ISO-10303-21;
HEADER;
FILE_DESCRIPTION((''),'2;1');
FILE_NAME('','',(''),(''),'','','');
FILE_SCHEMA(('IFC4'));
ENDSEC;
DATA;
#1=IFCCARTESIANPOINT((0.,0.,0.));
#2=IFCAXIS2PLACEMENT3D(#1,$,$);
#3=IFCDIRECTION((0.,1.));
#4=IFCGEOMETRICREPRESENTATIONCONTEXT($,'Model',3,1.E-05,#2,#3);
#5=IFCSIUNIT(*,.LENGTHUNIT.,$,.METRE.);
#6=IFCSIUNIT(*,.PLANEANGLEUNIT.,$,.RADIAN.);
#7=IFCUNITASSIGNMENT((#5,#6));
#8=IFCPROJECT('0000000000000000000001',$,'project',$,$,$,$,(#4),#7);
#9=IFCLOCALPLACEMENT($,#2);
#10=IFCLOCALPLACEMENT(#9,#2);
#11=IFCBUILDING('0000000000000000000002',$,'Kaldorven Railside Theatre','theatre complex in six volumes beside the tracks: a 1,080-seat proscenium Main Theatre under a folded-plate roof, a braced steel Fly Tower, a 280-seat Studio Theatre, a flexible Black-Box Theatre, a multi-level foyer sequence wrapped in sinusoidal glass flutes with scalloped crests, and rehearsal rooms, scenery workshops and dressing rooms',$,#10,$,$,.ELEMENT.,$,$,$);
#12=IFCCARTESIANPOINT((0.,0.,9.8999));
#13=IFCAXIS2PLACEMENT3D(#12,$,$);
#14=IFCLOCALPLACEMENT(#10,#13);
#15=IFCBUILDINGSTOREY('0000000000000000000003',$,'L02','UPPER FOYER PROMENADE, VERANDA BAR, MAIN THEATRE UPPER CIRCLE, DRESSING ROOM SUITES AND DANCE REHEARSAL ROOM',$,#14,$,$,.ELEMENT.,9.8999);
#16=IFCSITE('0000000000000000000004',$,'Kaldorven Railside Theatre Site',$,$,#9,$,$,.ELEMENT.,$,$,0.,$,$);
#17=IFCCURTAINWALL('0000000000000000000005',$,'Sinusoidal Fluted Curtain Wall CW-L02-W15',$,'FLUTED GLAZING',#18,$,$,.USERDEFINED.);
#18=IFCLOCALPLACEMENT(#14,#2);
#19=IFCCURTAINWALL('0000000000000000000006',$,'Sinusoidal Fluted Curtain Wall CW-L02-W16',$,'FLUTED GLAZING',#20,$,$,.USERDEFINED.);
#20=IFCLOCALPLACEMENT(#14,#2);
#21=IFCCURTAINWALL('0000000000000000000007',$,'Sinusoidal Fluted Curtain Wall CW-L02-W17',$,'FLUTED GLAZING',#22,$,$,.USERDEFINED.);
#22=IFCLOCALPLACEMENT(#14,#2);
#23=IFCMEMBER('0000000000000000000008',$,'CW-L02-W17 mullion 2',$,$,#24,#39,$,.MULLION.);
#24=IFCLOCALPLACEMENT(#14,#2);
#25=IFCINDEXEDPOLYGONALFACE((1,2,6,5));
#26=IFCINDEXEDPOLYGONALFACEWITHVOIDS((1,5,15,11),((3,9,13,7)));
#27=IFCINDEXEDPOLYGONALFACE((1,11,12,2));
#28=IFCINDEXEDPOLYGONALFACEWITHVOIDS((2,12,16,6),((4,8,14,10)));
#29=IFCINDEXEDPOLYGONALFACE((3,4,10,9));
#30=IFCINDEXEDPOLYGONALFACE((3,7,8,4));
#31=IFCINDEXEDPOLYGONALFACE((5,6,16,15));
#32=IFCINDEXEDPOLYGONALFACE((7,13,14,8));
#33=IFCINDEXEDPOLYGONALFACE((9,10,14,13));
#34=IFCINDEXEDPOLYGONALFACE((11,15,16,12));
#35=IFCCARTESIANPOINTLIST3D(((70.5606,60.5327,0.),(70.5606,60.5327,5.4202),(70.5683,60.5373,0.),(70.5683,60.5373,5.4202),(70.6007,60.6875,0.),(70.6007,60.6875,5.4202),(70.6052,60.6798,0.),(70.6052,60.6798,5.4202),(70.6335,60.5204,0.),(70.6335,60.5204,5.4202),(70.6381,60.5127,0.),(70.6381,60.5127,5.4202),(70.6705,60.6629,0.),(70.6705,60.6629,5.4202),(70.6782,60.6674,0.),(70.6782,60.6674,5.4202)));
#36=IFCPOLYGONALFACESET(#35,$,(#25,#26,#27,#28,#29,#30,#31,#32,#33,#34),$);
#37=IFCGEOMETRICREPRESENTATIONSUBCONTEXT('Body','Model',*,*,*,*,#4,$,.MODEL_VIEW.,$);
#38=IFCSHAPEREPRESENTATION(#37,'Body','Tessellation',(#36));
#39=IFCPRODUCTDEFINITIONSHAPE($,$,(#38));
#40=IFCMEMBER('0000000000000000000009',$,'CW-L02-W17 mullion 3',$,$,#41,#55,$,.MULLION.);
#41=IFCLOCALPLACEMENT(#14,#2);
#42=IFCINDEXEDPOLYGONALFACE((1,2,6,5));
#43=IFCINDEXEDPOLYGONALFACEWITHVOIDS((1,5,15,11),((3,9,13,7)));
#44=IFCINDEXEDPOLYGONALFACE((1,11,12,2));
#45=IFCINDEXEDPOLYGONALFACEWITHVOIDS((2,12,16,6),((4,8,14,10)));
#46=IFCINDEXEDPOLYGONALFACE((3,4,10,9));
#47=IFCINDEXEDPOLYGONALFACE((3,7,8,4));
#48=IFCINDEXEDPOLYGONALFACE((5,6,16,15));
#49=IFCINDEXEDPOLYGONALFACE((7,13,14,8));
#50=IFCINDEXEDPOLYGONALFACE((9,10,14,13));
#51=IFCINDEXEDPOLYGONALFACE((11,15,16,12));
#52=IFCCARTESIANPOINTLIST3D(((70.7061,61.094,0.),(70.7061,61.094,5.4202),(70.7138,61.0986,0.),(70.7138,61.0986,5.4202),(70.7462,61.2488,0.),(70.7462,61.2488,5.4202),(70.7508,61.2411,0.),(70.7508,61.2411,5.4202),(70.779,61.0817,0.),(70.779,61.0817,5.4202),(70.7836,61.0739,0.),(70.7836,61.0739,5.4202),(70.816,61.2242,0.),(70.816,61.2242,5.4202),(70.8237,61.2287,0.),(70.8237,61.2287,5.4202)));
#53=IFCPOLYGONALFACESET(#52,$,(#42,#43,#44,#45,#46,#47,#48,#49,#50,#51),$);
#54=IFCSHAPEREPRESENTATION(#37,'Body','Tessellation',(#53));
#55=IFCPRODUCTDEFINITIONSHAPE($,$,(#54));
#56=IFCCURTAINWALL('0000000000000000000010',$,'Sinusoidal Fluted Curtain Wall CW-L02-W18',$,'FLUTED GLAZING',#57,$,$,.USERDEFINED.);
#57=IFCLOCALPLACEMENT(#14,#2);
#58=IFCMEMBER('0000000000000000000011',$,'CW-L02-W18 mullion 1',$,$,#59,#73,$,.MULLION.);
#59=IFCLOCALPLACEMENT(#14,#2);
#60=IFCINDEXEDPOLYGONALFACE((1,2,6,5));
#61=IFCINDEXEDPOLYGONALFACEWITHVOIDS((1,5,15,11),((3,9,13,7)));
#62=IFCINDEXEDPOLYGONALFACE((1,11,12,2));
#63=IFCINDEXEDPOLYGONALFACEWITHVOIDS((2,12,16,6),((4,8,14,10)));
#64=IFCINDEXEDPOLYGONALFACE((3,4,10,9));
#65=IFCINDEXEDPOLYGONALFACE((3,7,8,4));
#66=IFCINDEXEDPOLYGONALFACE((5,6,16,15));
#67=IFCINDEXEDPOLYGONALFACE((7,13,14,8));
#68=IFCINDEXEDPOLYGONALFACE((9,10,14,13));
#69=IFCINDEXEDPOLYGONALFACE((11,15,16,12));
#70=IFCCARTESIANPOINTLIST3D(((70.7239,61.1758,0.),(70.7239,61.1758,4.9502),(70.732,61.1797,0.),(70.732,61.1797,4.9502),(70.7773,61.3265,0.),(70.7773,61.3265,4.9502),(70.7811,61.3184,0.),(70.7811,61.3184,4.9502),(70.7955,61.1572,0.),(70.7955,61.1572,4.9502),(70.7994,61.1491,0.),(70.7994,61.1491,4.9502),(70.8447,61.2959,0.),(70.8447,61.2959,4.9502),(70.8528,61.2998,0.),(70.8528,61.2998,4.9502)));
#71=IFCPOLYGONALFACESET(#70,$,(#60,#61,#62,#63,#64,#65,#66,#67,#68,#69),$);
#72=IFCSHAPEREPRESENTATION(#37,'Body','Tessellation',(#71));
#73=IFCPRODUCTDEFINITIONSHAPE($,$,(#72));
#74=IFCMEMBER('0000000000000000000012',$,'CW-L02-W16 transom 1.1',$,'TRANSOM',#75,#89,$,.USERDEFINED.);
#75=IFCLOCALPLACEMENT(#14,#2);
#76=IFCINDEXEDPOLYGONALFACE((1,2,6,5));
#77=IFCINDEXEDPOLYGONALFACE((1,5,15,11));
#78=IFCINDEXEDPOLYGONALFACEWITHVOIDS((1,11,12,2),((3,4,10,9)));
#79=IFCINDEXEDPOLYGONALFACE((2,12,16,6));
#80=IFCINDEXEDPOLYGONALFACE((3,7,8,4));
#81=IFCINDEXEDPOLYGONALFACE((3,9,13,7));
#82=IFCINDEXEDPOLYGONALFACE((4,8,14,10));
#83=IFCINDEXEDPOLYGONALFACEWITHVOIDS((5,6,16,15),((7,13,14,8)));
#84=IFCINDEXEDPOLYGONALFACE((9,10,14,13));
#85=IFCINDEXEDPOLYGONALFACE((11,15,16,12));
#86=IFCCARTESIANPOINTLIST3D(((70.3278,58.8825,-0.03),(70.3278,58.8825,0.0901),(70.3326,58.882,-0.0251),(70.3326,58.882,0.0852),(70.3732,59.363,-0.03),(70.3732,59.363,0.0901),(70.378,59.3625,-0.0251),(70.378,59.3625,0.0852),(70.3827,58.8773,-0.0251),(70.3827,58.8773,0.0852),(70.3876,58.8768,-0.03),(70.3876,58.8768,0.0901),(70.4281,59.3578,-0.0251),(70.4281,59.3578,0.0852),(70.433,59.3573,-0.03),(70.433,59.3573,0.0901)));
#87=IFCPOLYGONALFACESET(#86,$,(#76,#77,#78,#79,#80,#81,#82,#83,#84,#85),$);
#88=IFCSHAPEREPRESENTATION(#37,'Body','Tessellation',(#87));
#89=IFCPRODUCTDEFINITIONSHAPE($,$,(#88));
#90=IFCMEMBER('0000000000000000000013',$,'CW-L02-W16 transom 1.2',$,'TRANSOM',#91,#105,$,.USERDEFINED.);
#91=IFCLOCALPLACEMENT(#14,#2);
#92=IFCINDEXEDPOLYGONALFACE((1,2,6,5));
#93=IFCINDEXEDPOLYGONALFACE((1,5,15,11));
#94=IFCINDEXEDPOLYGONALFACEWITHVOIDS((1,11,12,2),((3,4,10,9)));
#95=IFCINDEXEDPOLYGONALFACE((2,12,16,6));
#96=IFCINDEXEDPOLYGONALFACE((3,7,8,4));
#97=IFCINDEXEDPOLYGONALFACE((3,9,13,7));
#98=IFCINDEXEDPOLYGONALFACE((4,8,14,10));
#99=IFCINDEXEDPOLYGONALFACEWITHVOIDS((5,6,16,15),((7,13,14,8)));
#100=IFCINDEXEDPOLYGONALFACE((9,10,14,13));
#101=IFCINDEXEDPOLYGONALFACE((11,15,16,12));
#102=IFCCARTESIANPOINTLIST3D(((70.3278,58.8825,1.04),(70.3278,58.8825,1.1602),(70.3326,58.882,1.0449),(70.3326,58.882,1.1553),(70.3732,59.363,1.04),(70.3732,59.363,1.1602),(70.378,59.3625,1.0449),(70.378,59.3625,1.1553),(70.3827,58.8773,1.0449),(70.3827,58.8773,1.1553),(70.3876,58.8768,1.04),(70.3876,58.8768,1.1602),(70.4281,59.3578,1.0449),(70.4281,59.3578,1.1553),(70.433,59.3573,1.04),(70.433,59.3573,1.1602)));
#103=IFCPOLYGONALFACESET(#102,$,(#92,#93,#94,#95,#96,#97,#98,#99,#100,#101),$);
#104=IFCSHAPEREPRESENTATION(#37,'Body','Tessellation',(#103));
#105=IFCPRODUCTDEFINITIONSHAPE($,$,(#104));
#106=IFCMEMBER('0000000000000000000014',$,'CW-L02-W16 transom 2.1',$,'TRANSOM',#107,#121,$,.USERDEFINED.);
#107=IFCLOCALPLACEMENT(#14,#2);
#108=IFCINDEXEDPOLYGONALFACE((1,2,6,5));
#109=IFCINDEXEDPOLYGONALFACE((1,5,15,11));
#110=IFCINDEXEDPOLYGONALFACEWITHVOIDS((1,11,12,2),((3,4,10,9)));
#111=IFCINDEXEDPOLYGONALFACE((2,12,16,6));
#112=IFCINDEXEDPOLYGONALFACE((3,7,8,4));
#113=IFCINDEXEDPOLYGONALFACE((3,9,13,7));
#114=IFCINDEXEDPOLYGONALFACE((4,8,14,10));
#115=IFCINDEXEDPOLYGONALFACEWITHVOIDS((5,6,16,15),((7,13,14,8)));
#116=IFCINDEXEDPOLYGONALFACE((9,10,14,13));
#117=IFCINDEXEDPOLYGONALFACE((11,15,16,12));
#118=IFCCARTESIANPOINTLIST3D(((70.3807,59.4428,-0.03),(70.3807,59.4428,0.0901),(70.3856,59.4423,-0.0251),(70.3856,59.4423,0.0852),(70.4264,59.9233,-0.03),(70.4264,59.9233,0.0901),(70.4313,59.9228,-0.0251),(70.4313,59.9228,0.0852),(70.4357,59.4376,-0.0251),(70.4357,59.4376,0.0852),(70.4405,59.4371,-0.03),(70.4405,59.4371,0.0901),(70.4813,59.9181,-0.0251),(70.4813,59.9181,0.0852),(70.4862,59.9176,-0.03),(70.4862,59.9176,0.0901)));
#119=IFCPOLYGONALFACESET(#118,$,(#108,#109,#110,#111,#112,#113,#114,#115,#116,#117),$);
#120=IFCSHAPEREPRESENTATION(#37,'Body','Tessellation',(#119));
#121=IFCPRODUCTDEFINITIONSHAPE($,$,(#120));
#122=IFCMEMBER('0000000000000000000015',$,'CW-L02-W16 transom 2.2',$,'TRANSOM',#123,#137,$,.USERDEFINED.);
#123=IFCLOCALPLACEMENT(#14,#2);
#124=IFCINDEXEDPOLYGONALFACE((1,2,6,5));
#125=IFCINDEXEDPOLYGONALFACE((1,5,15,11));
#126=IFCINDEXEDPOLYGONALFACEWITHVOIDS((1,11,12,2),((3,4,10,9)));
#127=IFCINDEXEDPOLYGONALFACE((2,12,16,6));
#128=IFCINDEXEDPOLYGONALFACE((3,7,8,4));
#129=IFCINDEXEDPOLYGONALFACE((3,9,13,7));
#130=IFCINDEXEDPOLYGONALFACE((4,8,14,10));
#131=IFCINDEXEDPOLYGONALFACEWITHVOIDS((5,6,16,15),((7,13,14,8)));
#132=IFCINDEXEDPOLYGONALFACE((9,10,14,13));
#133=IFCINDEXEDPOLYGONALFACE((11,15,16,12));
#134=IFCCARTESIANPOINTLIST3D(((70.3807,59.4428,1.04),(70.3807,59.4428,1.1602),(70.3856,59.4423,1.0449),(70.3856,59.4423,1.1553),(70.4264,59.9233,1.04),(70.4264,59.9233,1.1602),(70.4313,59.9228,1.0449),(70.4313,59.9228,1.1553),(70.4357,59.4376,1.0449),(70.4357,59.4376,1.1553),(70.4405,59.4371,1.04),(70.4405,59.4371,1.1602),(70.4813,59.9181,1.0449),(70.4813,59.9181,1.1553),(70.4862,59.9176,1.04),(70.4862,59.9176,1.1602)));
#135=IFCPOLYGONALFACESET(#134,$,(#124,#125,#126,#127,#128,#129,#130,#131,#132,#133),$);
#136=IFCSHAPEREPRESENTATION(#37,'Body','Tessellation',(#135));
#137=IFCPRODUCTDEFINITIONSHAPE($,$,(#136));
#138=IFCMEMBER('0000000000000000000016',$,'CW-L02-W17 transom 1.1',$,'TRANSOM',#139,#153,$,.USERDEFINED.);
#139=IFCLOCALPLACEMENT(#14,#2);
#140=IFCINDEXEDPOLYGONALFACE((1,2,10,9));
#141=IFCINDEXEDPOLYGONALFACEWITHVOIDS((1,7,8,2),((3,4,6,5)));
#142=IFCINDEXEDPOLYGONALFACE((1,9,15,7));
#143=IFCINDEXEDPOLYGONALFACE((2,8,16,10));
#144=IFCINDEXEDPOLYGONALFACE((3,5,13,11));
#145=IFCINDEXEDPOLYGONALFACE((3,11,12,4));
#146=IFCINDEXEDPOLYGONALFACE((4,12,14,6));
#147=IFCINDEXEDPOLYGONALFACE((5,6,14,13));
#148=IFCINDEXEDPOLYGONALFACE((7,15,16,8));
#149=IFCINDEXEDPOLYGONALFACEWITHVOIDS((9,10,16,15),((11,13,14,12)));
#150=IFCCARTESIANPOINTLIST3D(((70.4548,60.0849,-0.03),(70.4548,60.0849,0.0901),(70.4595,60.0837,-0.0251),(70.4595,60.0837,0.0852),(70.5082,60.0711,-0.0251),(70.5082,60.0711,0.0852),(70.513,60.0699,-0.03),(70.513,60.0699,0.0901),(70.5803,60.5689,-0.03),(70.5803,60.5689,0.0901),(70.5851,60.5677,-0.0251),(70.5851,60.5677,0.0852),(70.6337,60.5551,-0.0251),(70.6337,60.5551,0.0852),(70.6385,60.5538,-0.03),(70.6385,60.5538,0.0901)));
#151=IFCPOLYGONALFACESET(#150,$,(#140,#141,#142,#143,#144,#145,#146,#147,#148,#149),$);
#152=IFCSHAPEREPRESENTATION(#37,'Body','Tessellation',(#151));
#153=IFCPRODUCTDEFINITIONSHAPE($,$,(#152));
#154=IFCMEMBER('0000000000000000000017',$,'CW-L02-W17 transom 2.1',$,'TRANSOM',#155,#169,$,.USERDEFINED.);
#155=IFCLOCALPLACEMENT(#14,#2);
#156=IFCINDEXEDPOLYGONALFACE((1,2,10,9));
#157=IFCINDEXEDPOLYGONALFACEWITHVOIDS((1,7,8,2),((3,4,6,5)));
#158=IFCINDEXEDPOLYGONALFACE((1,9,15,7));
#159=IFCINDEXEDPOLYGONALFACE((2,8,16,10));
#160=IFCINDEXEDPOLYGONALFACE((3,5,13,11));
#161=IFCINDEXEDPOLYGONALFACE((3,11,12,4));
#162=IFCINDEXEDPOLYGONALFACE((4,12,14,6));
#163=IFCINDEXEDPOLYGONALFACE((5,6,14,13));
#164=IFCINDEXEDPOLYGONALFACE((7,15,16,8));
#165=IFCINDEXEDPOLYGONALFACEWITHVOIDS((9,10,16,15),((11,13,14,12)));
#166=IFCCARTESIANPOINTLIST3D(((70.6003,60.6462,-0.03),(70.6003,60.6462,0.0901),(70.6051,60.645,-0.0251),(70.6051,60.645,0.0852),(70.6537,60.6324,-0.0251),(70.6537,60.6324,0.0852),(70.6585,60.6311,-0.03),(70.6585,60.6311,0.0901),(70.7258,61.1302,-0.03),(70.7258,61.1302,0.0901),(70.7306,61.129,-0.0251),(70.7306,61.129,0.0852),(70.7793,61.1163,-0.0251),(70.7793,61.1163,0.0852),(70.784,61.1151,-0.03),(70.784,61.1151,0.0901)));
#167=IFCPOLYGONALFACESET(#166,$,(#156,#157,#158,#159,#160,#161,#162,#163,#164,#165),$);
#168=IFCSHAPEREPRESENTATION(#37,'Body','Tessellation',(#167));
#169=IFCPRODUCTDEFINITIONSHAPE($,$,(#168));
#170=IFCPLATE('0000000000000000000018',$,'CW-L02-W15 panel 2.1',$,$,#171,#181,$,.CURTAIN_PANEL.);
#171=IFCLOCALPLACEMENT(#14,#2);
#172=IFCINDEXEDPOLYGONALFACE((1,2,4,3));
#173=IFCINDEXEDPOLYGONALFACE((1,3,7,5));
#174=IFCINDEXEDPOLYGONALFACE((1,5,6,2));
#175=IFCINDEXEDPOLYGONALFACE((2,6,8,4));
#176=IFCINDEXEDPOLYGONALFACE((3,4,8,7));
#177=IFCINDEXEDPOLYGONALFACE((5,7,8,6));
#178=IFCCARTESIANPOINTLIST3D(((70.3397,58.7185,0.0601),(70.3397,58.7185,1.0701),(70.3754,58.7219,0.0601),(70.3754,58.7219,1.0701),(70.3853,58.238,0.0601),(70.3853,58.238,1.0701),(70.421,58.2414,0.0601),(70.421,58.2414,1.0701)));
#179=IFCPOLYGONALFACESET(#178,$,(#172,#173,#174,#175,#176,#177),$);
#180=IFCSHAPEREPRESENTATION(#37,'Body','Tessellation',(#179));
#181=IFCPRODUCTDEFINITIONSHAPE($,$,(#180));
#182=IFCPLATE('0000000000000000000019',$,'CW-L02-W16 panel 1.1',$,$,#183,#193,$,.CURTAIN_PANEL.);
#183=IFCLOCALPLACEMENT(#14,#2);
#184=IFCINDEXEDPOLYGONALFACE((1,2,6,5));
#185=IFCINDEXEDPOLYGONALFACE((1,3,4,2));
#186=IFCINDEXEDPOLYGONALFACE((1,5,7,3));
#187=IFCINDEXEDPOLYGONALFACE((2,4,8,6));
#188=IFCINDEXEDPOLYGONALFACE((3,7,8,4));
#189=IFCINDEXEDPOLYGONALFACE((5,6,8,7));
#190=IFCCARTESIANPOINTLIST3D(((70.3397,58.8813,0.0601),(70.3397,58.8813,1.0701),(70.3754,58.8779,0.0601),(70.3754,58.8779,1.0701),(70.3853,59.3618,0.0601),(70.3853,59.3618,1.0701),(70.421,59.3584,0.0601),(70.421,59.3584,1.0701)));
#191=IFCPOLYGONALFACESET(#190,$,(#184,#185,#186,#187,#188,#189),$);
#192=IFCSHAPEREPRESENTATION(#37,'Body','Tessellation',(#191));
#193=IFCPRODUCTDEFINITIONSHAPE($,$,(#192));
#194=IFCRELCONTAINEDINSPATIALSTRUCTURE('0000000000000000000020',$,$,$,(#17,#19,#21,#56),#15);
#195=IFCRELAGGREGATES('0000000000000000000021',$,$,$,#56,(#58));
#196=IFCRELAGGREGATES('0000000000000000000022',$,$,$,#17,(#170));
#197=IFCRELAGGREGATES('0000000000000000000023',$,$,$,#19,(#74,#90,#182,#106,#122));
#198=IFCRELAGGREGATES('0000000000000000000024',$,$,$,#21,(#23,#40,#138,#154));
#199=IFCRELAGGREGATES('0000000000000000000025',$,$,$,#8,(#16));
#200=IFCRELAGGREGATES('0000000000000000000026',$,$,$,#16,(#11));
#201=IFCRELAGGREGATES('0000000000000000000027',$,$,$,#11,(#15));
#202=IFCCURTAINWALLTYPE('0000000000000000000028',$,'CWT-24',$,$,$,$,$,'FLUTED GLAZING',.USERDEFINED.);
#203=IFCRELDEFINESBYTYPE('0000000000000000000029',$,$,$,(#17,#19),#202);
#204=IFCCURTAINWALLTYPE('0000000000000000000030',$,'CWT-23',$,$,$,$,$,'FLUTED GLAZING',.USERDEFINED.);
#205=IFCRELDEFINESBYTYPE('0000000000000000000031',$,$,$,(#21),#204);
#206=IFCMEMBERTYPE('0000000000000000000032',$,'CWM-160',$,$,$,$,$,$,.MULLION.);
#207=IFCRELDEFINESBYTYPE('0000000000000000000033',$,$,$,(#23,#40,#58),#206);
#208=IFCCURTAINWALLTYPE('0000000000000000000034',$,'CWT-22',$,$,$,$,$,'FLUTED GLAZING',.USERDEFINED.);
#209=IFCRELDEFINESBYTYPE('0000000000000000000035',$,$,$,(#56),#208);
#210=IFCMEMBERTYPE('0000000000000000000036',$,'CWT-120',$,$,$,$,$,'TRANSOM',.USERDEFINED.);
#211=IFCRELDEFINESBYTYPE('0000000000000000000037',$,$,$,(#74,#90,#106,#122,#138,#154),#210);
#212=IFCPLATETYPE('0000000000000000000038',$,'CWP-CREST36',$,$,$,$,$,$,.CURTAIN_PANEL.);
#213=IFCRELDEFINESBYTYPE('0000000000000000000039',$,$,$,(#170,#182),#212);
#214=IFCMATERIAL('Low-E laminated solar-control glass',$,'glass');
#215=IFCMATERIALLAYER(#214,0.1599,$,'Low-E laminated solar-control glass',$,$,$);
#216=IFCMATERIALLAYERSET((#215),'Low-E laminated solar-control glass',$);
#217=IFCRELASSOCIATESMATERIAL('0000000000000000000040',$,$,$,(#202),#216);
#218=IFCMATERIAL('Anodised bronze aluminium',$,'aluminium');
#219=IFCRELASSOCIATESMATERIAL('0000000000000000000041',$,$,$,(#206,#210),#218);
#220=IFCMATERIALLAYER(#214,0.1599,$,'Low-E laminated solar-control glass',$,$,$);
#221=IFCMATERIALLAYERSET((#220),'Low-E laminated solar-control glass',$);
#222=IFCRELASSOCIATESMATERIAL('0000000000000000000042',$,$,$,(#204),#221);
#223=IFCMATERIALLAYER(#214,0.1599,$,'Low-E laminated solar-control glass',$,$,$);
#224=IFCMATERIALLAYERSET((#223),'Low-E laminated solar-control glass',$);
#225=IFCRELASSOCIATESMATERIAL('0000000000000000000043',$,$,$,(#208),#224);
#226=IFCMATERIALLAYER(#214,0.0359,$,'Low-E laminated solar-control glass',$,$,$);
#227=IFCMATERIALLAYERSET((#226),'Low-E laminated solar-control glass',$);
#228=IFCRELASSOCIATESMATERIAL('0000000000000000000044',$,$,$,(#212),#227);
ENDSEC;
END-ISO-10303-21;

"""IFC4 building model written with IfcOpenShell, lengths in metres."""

from ifc_helpers import new_model, si_unit, direction, frame, origin, origin_2d, place, context, subcontext, project, spatial, rectangle, hollow_rectangle, extrude, material, layer, layer_set, material_profile, profile_set, type_object, element, aggregate, save


model = new_model("IFC4")

# Units and contexts
model_context = context("Model", 3, precision=1e-05, world=origin(), true_north=direction((0.0, 1.0)))
body_context = subcontext(model_context, "Body", "Model", "MODEL_VIEW")
ifc_project = project(units=[si_unit("LENGTHUNIT", "METRE"), si_unit("PLANEANGLEUNIT", "RADIAN")], contexts=[model_context])

# Site, building, storey
site_placement = place(None, origin())
site = spatial("IfcSite", under=ifc_project, at=site_placement, Name="Kaldorven Railside Theatre Site", CompositionType="ELEMENT", RefElevation=0.0)
building_placement = place(site_placement, origin())
building = spatial("IfcBuilding", under=site, at=building_placement, Name="Kaldorven Railside Theatre", Description="theatre complex in six volumes beside the tracks: a 1,080-seat proscenium Main Theatre under a folded-plate roof, a braced steel Fly Tower, a 280-seat Studio Theatre, a flexible Black-Box Theatre, a multi-level foyer sequence wrapped in sinusoidal glass flutes with scalloped crests, and rehearsal rooms, scenery workshops and dressing rooms", CompositionType="ELEMENT")
storey_placement = place(building_placement, frame((0.0, 0.0, 9.8999)))
storey = spatial("IfcBuildingStorey", under=building, at=storey_placement, Name="L02", Description="UPPER FOYER PROMENADE, VERANDA BAR, MAIN THEATRE UPPER CIRCLE, DRESSING ROOM SUITES AND DANCE REHEARSAL ROOM", CompositionType="ELEMENT", Elevation=9.8999)

# Curtain wall
ifc_material_1 = material(Name="Low-E laminated solar-control glass", Category="glass")
ifc_layer_1 = layer(ifc_material_1, 0.1599, Name="Low-E laminated solar-control glass")
ifc_layer_set_1 = layer_set([ifc_layer_1], Name="Low-E laminated solar-control glass")
curtain_wall_type_1 = type_object("IfcCurtainWallType", Name="CWT-24", ElementType="FLUTED GLAZING", PredefinedType="USERDEFINED", material=ifc_layer_set_1)
curtain_wall_1_placement = place(storey_placement, origin())
curtain_wall_1 = element("IfcCurtainWall", 1, at=curtain_wall_1_placement, inside=storey, type_object=curtain_wall_type_1, Name="Sinusoidal Fluted Curtain Wall CW-L02-W15", ObjectType="FLUTED GLAZING", PredefinedType="USERDEFINED")
ifc_material_2 = material(Name="Anodised bronze aluminium", Category="aluminium")
ifc_material_profile_1 = material_profile(ifc_material_2, hollow_rectangle(XDim=0.0801, YDim=0.1599, WallThickness=0.0063, at=origin_2d()), Name="RHS 160x80x6.3")
ifc_profile_set_1 = profile_set([ifc_material_profile_1], Name="Anodised bronze aluminium")
member_type_1 = type_object("IfcMemberType", Name="CWM-160", PredefinedType="MULLION", material=ifc_profile_set_1)

# Curtain walls, members
curtain_wall_2_placement = place(storey_placement, origin())
curtain_wall_2 = element("IfcCurtainWall", 2, at=curtain_wall_2_placement, inside=storey, type_object=curtain_wall_type_1, Name="Sinusoidal Fluted Curtain Wall CW-L02-W16", ObjectType="FLUTED GLAZING", PredefinedType="USERDEFINED")
ifc_layer_2 = layer(ifc_material_1, 0.1599, Name="Low-E laminated solar-control glass")
ifc_layer_set_2 = layer_set([ifc_layer_2], Name="Low-E laminated solar-control glass")
curtain_wall_type_2 = type_object("IfcCurtainWallType", Name="CWT-23", ElementType="FLUTED GLAZING", PredefinedType="USERDEFINED", material=ifc_layer_set_2)
curtain_wall_3_placement = place(storey_placement, origin())
curtain_wall_3 = element("IfcCurtainWall", 3, at=curtain_wall_3_placement, inside=storey, type_object=curtain_wall_type_2, Name="Sinusoidal Fluted Curtain Wall CW-L02-W17", ObjectType="FLUTED GLAZING", PredefinedType="USERDEFINED")
member_1_placement = place(storey_placement, frame((70.6194, 60.6001, 0.0), z_axis=(0.0, 0.0, 1.0), x_axis=(-0.967999, 0.250954, 0.0)))
member_1 = element("IfcMember", 4, at=member_1_placement, type_object=member_type_1, Name="CW-L02-W17 mullion 2", PredefinedType="MULLION", context=body_context, shape_type="SweptSolid", body=[
    extrude(hollow_rectangle(XDim=0.0801, YDim=0.1599, WallThickness=0.0063, at=origin_2d()), origin(), (0.0, 0.0, 1.0), 5.4202),
])
member_2_placement = place(storey_placement, frame((70.7649, 61.1614, 0.0), z_axis=(0.0, 0.0, 1.0), x_axis=(-0.967999, 0.250954, 0.0)))
member_2 = element("IfcMember", 5, at=member_2_placement, type_object=member_type_1, Name="CW-L02-W17 mullion 3", PredefinedType="MULLION", context=body_context, shape_type="SweptSolid", body=[
    extrude(hollow_rectangle(XDim=0.0801, YDim=0.1599, WallThickness=0.0063, at=origin_2d()), origin(), (0.0, 0.0, 1.0), 5.4202),
])

# Curtain wall, member
ifc_layer_3 = layer(ifc_material_1, 0.1599, Name="Low-E laminated solar-control glass")
ifc_layer_set_3 = layer_set([ifc_layer_3], Name="Low-E laminated solar-control glass")
curtain_wall_type_3 = type_object("IfcCurtainWallType", Name="CWT-22", ElementType="FLUTED GLAZING", PredefinedType="USERDEFINED", material=ifc_layer_set_3)
curtain_wall_4_placement = place(storey_placement, origin())
curtain_wall_4 = element("IfcCurtainWall", 6, at=curtain_wall_4_placement, inside=storey, type_object=curtain_wall_type_3, Name="Sinusoidal Fluted Curtain Wall CW-L02-W18", ObjectType="FLUTED GLAZING", PredefinedType="USERDEFINED")
member_3_placement = place(storey_placement, frame((70.7883, 61.2378, 0.0), z_axis=(0.0, 0.0, 1.0), x_axis=(-0.942627, 0.333847, 0.0)))
member_3 = element("IfcMember", 7, at=member_3_placement, type_object=member_type_1, Name="CW-L02-W18 mullion 1", PredefinedType="MULLION", context=body_context, shape_type="SweptSolid", body=[
    extrude(hollow_rectangle(XDim=0.0801, YDim=0.1599, WallThickness=0.0063, at=origin_2d()), origin(), (0.0, 0.0, 1.0), 4.9502),
])
aggregate(curtain_wall_4, [member_3])

# Members
ifc_material_profile_2 = material_profile(ifc_material_2, hollow_rectangle(XDim=0.0601, YDim=0.1201, WallThickness=0.0049, at=origin_2d()), Name="RHS 120x60x5")
ifc_profile_set_2 = profile_set([ifc_material_profile_2], Name="Anodised bronze aluminium")
member_type_2 = type_object("IfcMemberType", Name="CWT-120", ElementType="TRANSOM", PredefinedType="USERDEFINED", material=ifc_profile_set_2)
member_4_placement = place(storey_placement, frame((70.3577, 58.8796, 0.03), z_axis=(0.094093, 0.995563, 0.0), x_axis=(-0.995563, 0.094093, 0.0)))
member_4 = element("IfcMember", 8, at=member_4_placement, type_object=member_type_2, Name="CW-L02-W16 transom 1.1", ObjectType="TRANSOM", PredefinedType="USERDEFINED", context=body_context, shape_type="SweptSolid", body=[
    extrude(hollow_rectangle(XDim=0.0601, YDim=0.1201, WallThickness=0.0049, at=origin_2d()), origin(), (0.0, 0.0, 1.0), 0.4827),
])
member_5_placement = place(storey_placement, frame((70.3577, 58.8796, 1.1001), z_axis=(0.094093, 0.995563, 0.0), x_axis=(-0.995563, 0.094093, 0.0)))
member_5 = element("IfcMember", 9, at=member_5_placement, type_object=member_type_2, Name="CW-L02-W16 transom 1.2", ObjectType="TRANSOM", PredefinedType="USERDEFINED", context=body_context, shape_type="SweptSolid", body=[
    extrude(hollow_rectangle(XDim=0.0601, YDim=0.1201, WallThickness=0.0049, at=origin_2d()), origin(), (0.0, 0.0, 1.0), 0.4827),
])
member_6_placement = place(storey_placement, frame((70.4106, 59.4399, 0.03), z_axis=(0.094594, 0.995516, 0.0), x_axis=(-0.995516, 0.094594, 0.0)))
member_6 = element("IfcMember", 10, at=member_6_placement, type_object=member_type_2, Name="CW-L02-W16 transom 2.1", ObjectType="TRANSOM", PredefinedType="USERDEFINED", context=body_context, shape_type="SweptSolid", body=[
    extrude(hollow_rectangle(XDim=0.0601, YDim=0.1201, WallThickness=0.0049, at=origin_2d()), origin(), (0.0, 0.0, 1.0), 0.4827),
])
member_7_placement = place(storey_placement, frame((70.4106, 59.4399, 1.1001), z_axis=(0.094594, 0.995516, 0.0), x_axis=(-0.995516, 0.094594, 0.0)))
member_7 = element("IfcMember", 11, at=member_7_placement, type_object=member_type_2, Name="CW-L02-W16 transom 2.2", ObjectType="TRANSOM", PredefinedType="USERDEFINED", context=body_context, shape_type="SweptSolid", body=[
    extrude(hollow_rectangle(XDim=0.0601, YDim=0.1201, WallThickness=0.0049, at=origin_2d()), origin(), (0.0, 0.0, 1.0), 0.4827),
])
member_8_placement = place(storey_placement, frame((70.4839, 60.0774, 0.03), z_axis=(0.25103, 0.967979, 0.0), x_axis=(-0.967979, 0.25103, 0.0)))
member_8 = element("IfcMember", 12, at=member_8_placement, type_object=member_type_2, Name="CW-L02-W17 transom 1.1", ObjectType="TRANSOM", PredefinedType="USERDEFINED", context=body_context, shape_type="SweptSolid", body=[
    extrude(hollow_rectangle(XDim=0.0601, YDim=0.1201, WallThickness=0.0049, at=origin_2d()), origin(), (0.0, 0.0, 1.0), 0.5),
])
member_9_placement = place(storey_placement, frame((70.6294, 60.6387, 0.03), z_axis=(0.25103, 0.967979, 0.0), x_axis=(-0.967979, 0.25103, 0.0)))
member_9 = element("IfcMember", 13, at=member_9_placement, type_object=member_type_2, Name="CW-L02-W17 transom 2.1", ObjectType="TRANSOM", PredefinedType="USERDEFINED", context=body_context, shape_type="SweptSolid", body=[
    extrude(hollow_rectangle(XDim=0.0601, YDim=0.1201, WallThickness=0.0049, at=origin_2d()), origin(), (0.0, 0.0, 1.0), 0.5),
])

# Plates
ifc_layer_4 = layer(ifc_material_1, 0.0359, Name="Low-E laminated solar-control glass")
ifc_layer_set_4 = layer_set([ifc_layer_4], Name="Low-E laminated solar-control glass")
plate_type = type_object("IfcPlateType", Name="CWP-CREST36", PredefinedType="CURTAIN_PANEL", material=ifc_layer_set_4)
plate_1_placement = place(storey_placement, frame((70.3804, 58.48, 0.0601), z_axis=(0.0, 0.0, 1.0), x_axis=(-0.094492, 0.995526, 0.0)))
plate_1 = element("IfcPlate", 14, at=plate_1_placement, type_object=plate_type, Name="CW-L02-W15 panel 2.1", PredefinedType="CURTAIN_PANEL", context=body_context, shape_type="SweptSolid", body=[
    extrude(rectangle(XDim=0.4827, YDim=0.0359, at=origin_2d()), origin(), (0.0, 0.0, 1.0), 1.01),
])
aggregate(curtain_wall_1, [plate_1])
plate_2_placement = place(storey_placement, frame((70.3804, 59.1199, 0.0601), z_axis=(0.0, 0.0, 1.0), x_axis=(0.094492, 0.995526, 0.0)))
plate_2 = element("IfcPlate", 15, at=plate_2_placement, type_object=plate_type, Name="CW-L02-W16 panel 1.1", PredefinedType="CURTAIN_PANEL", context=body_context, shape_type="SweptSolid", body=[
    extrude(rectangle(XDim=0.4827, YDim=0.0359, at=origin_2d()), origin(), (0.0, 0.0, 1.0), 1.01),
])
aggregate(curtain_wall_2, [member_4, member_5, plate_2, member_6, member_7])
aggregate(curtain_wall_3, [member_1, member_2, member_8, member_9])

save(model, "model.ifc")
